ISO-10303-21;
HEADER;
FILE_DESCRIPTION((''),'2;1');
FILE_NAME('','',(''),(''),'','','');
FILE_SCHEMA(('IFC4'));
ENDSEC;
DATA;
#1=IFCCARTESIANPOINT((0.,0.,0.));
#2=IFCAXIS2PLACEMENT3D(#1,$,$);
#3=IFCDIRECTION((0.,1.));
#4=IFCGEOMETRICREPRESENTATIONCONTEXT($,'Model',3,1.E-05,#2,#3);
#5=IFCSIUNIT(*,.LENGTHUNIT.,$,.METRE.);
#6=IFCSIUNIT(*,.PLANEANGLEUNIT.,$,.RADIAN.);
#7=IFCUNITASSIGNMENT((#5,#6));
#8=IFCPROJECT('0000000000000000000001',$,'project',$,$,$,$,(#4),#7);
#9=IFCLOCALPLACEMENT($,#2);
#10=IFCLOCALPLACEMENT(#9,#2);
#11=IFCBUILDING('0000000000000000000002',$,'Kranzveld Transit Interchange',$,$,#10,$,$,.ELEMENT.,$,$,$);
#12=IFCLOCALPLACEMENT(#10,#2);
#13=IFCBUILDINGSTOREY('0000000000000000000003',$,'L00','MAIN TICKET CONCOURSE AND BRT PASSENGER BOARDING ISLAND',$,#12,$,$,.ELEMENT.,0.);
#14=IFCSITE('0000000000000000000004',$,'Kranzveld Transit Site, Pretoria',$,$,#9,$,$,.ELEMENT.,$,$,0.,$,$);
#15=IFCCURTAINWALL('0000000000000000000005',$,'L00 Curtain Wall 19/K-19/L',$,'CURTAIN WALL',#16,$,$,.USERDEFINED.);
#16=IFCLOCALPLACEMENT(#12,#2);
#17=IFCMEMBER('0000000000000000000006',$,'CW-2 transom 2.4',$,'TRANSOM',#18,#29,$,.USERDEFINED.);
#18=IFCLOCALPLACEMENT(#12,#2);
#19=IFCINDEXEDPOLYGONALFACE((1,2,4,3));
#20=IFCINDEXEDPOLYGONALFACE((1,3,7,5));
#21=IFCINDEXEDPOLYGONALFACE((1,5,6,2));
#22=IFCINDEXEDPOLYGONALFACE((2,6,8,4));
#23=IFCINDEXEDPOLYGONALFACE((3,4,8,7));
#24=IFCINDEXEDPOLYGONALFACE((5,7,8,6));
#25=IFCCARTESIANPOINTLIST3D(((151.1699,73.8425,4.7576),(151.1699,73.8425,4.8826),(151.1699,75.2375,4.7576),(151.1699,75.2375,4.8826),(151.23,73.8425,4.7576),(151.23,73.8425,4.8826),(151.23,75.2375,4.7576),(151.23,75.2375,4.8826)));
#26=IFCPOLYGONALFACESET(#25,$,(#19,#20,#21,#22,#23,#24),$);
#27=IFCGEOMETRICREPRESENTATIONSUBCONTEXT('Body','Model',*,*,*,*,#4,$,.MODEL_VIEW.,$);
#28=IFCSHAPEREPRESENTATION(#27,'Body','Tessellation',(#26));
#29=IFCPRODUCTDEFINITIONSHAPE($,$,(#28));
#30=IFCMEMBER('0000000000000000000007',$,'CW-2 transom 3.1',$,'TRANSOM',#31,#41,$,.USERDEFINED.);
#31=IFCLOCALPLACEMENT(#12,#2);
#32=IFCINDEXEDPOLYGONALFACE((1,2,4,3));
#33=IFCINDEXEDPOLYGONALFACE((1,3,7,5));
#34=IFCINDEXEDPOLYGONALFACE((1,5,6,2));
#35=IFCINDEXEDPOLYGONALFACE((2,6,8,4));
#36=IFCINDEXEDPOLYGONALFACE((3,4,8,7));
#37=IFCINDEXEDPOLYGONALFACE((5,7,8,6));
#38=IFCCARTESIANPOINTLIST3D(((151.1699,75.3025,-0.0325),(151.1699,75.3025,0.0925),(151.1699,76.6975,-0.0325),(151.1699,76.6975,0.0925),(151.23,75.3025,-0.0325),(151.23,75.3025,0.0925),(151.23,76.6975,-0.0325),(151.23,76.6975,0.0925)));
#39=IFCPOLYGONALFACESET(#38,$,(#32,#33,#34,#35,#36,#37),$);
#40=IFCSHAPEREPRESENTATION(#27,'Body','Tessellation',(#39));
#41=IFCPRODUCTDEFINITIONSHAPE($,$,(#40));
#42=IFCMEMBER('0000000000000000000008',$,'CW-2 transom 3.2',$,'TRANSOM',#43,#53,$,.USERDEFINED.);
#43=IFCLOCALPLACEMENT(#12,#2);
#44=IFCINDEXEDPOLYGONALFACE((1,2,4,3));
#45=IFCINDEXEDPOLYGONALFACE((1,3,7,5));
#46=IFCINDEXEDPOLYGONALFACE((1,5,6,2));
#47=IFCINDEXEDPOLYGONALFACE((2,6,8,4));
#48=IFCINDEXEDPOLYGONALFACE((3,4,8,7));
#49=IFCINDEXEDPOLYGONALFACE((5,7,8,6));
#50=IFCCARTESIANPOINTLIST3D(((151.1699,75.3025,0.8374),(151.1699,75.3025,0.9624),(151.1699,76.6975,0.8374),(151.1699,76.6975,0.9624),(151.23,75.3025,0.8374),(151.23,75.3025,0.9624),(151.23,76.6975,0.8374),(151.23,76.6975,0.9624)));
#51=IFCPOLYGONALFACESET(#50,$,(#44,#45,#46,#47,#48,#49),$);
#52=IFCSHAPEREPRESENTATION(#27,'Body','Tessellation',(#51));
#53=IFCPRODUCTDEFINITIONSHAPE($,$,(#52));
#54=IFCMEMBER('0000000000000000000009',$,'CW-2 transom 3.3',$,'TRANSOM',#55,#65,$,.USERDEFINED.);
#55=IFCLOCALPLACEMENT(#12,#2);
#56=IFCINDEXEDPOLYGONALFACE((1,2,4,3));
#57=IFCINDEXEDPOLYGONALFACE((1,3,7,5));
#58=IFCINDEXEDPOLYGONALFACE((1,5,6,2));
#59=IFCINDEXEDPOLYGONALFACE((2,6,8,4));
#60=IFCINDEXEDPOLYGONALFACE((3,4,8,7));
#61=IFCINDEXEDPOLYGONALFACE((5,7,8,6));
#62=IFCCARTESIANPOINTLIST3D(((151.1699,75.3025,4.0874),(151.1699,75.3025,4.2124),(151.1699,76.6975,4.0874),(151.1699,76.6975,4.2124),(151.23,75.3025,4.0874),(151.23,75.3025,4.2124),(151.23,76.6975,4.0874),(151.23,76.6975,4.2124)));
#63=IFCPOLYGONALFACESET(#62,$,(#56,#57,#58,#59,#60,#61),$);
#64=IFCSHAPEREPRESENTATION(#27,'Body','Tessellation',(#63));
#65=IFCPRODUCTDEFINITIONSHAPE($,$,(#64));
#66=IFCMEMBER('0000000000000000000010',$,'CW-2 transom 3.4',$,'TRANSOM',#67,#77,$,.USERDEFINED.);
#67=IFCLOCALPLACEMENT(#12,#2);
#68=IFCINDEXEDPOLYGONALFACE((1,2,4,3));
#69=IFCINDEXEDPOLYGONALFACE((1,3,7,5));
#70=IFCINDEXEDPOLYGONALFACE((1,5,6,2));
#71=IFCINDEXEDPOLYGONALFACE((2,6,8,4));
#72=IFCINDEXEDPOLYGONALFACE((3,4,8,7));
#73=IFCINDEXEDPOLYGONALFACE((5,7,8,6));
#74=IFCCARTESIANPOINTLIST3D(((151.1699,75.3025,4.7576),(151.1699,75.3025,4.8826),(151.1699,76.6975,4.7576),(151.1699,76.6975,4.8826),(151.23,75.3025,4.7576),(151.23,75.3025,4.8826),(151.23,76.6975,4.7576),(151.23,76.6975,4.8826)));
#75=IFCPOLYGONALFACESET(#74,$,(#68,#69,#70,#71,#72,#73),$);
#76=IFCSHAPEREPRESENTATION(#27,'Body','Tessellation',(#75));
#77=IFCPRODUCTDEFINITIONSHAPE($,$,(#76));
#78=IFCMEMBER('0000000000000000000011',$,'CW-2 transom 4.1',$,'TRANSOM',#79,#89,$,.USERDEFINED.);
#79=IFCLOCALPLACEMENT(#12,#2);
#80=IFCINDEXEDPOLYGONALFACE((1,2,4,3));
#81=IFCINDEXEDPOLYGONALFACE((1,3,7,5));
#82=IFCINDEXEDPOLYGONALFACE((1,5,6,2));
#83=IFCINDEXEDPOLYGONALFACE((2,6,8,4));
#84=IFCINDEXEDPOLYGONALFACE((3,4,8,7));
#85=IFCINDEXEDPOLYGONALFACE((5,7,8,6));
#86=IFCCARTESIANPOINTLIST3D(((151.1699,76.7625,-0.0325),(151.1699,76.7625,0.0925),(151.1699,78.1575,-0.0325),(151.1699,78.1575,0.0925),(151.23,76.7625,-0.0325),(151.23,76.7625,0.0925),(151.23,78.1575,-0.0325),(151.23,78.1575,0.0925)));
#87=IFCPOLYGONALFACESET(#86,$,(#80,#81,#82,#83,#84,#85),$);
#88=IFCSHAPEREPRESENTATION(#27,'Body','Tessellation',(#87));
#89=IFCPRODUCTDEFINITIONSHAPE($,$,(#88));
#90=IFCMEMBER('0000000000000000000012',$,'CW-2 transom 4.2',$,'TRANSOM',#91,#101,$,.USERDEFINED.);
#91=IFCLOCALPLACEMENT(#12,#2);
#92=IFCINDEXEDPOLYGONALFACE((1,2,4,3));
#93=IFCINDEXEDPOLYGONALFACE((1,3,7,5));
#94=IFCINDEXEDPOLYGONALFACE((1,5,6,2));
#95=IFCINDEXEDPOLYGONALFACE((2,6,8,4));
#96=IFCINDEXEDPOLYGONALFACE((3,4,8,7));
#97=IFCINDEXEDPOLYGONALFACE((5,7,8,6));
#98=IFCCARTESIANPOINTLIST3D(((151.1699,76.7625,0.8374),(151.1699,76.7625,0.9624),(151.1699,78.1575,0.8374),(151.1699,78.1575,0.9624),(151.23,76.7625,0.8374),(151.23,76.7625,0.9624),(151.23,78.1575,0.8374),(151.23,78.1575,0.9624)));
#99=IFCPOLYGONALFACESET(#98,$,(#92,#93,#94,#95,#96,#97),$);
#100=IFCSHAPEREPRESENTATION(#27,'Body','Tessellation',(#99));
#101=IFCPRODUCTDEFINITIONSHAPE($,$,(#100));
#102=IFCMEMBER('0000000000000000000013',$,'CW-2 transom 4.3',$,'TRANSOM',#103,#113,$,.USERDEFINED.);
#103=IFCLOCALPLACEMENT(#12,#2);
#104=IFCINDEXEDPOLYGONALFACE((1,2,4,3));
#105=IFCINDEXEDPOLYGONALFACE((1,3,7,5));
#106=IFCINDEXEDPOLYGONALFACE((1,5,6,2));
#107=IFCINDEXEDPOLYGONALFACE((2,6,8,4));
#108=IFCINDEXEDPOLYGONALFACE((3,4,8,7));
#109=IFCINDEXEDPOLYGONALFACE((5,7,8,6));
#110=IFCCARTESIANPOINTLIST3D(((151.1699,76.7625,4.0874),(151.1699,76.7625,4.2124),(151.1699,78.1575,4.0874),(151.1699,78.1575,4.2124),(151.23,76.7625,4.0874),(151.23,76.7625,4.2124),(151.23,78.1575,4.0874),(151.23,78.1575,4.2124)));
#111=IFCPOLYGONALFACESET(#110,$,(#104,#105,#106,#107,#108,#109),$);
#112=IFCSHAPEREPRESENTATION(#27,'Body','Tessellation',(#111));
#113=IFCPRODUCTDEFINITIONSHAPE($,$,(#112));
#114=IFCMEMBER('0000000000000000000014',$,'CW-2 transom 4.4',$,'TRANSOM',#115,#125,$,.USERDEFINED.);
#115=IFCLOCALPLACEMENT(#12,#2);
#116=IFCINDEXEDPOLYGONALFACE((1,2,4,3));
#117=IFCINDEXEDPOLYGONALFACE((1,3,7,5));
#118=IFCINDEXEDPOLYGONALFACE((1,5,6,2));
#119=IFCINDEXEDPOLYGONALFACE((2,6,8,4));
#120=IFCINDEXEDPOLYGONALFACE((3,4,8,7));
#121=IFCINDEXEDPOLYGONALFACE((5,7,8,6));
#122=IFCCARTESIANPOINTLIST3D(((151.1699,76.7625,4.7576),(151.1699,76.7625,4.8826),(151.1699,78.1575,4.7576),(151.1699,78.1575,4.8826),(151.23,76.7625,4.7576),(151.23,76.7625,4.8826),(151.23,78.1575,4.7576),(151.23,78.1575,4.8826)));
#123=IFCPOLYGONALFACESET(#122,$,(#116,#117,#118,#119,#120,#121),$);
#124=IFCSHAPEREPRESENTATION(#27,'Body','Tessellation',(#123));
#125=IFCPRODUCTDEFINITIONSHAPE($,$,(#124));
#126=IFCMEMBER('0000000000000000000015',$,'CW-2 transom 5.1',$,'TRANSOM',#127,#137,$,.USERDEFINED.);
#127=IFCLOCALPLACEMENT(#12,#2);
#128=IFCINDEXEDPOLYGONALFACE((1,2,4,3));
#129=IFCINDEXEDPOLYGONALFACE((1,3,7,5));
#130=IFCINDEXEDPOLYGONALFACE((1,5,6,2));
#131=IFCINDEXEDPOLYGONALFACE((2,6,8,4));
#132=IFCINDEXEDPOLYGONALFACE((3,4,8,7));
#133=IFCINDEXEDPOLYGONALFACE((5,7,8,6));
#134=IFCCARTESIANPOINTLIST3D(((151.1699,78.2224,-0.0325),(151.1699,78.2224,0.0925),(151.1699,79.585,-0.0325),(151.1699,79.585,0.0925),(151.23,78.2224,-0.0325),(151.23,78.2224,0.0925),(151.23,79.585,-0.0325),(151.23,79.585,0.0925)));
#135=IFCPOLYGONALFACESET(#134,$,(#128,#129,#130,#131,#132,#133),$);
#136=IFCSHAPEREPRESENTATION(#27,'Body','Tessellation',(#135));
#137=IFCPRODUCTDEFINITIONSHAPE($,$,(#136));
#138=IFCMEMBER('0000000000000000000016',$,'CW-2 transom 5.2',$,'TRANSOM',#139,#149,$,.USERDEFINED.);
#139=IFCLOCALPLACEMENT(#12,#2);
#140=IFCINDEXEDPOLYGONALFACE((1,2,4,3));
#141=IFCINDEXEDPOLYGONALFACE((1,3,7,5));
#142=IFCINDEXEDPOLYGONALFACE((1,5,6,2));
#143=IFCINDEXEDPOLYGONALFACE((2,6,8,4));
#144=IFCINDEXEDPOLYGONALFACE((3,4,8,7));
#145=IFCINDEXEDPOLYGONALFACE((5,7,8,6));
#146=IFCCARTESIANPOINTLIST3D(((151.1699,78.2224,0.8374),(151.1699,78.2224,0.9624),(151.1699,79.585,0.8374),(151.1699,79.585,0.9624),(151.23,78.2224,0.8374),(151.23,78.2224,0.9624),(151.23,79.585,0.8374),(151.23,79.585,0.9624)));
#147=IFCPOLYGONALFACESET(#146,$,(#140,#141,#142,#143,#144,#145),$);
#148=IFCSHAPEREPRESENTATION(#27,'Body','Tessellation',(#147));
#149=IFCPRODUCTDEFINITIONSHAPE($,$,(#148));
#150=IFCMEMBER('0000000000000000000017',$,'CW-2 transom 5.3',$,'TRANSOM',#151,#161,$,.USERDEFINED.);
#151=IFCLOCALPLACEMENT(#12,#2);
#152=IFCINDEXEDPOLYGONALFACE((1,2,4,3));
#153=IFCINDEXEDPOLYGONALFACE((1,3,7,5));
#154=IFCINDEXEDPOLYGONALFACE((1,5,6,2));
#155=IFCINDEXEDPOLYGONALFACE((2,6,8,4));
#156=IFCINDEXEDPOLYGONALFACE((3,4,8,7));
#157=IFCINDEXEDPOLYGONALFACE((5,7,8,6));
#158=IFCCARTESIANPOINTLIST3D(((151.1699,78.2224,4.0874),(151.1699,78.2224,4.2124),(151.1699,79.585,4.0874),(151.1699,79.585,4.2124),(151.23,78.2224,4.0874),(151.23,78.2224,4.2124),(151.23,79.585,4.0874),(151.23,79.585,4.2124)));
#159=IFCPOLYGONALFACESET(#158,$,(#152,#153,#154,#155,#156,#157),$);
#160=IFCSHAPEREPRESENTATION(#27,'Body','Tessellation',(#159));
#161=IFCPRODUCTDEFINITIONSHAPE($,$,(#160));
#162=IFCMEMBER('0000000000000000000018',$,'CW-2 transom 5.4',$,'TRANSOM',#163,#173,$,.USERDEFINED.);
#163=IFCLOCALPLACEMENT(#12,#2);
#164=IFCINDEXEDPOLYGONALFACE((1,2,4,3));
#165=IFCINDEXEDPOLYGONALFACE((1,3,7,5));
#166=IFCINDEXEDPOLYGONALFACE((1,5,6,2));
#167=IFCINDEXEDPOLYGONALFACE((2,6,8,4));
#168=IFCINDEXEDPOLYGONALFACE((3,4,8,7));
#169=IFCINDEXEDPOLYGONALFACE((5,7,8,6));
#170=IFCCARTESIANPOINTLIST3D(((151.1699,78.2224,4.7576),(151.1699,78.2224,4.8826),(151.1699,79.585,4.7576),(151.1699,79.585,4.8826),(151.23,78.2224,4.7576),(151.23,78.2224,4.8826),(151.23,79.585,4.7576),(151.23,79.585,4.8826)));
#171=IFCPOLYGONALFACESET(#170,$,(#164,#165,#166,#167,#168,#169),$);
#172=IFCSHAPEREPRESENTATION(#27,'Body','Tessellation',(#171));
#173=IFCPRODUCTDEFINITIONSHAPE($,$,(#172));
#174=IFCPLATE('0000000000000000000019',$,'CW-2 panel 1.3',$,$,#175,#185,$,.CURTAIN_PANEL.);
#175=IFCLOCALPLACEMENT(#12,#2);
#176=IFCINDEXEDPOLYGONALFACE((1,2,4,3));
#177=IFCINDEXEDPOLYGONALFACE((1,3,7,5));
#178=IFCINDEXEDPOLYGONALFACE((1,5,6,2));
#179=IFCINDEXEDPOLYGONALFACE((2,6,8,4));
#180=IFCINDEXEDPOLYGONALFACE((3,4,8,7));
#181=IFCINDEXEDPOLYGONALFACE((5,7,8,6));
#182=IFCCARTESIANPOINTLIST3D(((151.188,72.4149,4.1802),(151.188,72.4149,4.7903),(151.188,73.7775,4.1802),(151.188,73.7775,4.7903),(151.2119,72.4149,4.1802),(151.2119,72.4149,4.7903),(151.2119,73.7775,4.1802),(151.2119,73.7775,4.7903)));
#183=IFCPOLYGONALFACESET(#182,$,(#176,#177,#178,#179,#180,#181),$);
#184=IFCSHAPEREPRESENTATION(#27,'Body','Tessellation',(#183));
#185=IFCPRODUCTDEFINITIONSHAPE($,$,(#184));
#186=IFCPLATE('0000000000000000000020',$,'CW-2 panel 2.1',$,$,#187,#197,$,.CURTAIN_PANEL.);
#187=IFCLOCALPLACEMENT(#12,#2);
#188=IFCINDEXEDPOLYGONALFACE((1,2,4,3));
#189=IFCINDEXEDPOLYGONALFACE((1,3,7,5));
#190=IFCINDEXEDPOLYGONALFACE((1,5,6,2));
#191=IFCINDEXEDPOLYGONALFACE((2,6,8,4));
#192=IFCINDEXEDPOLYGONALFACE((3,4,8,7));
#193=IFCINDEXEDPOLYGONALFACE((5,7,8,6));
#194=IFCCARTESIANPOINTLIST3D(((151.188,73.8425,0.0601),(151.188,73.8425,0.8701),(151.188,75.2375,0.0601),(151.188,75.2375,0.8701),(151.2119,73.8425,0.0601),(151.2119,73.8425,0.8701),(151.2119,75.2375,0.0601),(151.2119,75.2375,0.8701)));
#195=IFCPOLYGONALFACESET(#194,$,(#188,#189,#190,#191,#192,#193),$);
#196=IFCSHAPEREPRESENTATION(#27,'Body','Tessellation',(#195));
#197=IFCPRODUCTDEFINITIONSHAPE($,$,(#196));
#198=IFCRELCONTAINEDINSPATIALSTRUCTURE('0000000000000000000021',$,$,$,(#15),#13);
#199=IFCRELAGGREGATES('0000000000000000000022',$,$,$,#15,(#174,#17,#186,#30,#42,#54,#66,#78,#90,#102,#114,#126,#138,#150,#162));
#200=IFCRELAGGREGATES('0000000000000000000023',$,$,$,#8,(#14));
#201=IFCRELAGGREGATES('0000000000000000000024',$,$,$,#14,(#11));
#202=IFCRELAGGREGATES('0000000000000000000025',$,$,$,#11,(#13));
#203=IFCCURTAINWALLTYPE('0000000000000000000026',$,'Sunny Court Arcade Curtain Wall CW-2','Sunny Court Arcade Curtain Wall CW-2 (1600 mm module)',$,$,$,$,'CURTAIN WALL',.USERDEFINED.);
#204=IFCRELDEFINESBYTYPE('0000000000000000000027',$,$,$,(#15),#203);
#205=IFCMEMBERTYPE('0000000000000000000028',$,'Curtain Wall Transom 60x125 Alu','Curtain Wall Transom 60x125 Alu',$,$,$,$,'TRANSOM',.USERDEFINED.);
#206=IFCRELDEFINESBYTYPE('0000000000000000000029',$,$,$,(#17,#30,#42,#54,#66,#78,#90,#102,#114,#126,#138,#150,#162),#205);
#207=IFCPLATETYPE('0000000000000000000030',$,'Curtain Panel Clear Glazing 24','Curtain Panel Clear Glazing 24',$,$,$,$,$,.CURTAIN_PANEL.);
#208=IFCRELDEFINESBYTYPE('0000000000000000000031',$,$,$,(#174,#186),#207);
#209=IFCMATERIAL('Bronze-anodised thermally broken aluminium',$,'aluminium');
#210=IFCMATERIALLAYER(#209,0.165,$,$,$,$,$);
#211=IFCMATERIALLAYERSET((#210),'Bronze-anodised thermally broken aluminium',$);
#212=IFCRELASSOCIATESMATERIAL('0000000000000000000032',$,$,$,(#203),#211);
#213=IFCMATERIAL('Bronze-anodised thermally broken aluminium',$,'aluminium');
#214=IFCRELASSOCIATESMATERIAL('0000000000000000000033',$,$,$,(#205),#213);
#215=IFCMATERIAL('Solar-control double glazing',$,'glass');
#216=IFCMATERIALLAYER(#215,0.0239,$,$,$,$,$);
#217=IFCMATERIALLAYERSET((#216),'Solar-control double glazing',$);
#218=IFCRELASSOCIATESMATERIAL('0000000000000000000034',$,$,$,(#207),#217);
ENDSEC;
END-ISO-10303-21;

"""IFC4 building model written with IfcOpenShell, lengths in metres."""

from ifc_helpers import new_model, si_unit, direction, frame, origin, origin_2d, place, context, subcontext, project, spatial, rectangle, extrude, material, layer, layer_set, material_profile, profile_set, type_object, element, aggregate, save


model = new_model("IFC4")

# Units and contexts
model_context = context("Model", 3, precision=1e-05, world=origin(), true_north=direction((0.0, 1.0)))
body_context = subcontext(model_context, "Body", "Model", "MODEL_VIEW")
ifc_project = project(units=[si_unit("LENGTHUNIT", "METRE"), si_unit("PLANEANGLEUNIT", "RADIAN")], contexts=[model_context])

# Site, building, storey
site_placement = place(None, origin())
site = spatial("IfcSite", under=ifc_project, at=site_placement, Name="Kranzveld Transit Site, Pretoria", CompositionType="ELEMENT", RefElevation=0.0)
building_placement = place(site_placement, origin())
building = spatial("IfcBuilding", under=site, at=building_placement, Name="Kranzveld Transit Interchange", CompositionType="ELEMENT")
storey_placement = place(building_placement, origin())
storey = spatial("IfcBuildingStorey", under=building, at=storey_placement, Name="L00", Description="MAIN TICKET CONCOURSE AND BRT PASSENGER BOARDING ISLAND", CompositionType="ELEMENT", Elevation=0.0)

# Curtain wall, members, plates
ifc_material_1 = material(Name="Bronze-anodised thermally broken aluminium", Category="aluminium")
ifc_layer_1 = layer(ifc_material_1, 0.165)
ifc_layer_set_1 = layer_set([ifc_layer_1], Name="Bronze-anodised thermally broken aluminium")
curtain_wall_type = type_object("IfcCurtainWallType", Name="Sunny Court Arcade Curtain Wall CW-2", Description="Sunny Court Arcade Curtain Wall CW-2 (1600 mm module)", ElementType="CURTAIN WALL", PredefinedType="USERDEFINED", material=ifc_layer_set_1)
curtain_wall_placement = place(storey_placement, origin())
curtain_wall = element("IfcCurtainWall", 1, at=curtain_wall_placement, inside=storey, type_object=curtain_wall_type, Name="L00 Curtain Wall 19/K-19/L", ObjectType="CURTAIN WALL", PredefinedType="USERDEFINED")
ifc_material_2 = material(Name="Bronze-anodised thermally broken aluminium", Category="aluminium")
ifc_material_profile_1 = material_profile(ifc_material_2, rectangle(XDim=0.0601, YDim=0.125, at=origin_2d()), Name="ALU TRANSOM 60x125")
ifc_profile_set_1 = profile_set([ifc_material_profile_1], Name="Bronze-anodised thermally broken aluminium")
member_type_1 = type_object("IfcMemberType", Name="Curtain Wall Transom 60x125 Alu", Description="Curtain Wall Transom 60x125 Alu", ElementType="TRANSOM", PredefinedType="USERDEFINED", material=ifc_profile_set_1)
member_1_placement = place(storey_placement, frame((151.2, 73.8425, 4.8201), z_axis=(0.0, 1.0, 0.0), x_axis=(-1.0, 0.0, 0.0)))
member_1 = element("IfcMember", 2, at=member_1_placement, type_object=member_type_1, Name="CW-2 transom 2.4", ObjectType="TRANSOM", PredefinedType="USERDEFINED", context=body_context, shape_type="SweptSolid", body=[
    extrude(rectangle(XDim=0.0601, YDim=0.125, at=origin_2d()), origin(), (0.0, 0.0, 1.0), 1.395),
])
member_2_placement = place(storey_placement, frame((151.2, 75.3025, 0.03), z_axis=(0.0, 1.0, 0.0), x_axis=(-1.0, 0.0, 0.0)))
member_2 = element("IfcMember", 3, at=member_2_placement, type_object=member_type_1, Name="CW-2 transom 3.1", ObjectType="TRANSOM", PredefinedType="USERDEFINED", context=body_context, shape_type="SweptSolid", body=[
    extrude(rectangle(XDim=0.0601, YDim=0.125, at=origin_2d()), origin(), (0.0, 0.0, 1.0), 1.395),
])
member_3_placement = place(storey_placement, frame((151.2, 75.3025, 0.8999), z_axis=(0.0, 1.0, 0.0), x_axis=(-1.0, 0.0, 0.0)))
member_3 = element("IfcMember", 4, at=member_3_placement, type_object=member_type_1, Name="CW-2 transom 3.2", ObjectType="TRANSOM", PredefinedType="USERDEFINED", context=body_context, shape_type="SweptSolid", body=[
    extrude(rectangle(XDim=0.0601, YDim=0.125, at=origin_2d()), origin(), (0.0, 0.0, 1.0), 1.395),
])
member_4_placement = place(storey_placement, frame((151.2, 75.3025, 4.1499), z_axis=(0.0, 1.0, 0.0), x_axis=(-1.0, 0.0, 0.0)))
member_4 = element("IfcMember", 5, at=member_4_placement, type_object=member_type_1, Name="CW-2 transom 3.3", ObjectType="TRANSOM", PredefinedType="USERDEFINED", context=body_context, shape_type="SweptSolid", body=[
    extrude(rectangle(XDim=0.0601, YDim=0.125, at=origin_2d()), origin(), (0.0, 0.0, 1.0), 1.395),
])
member_5_placement = place(storey_placement, frame((151.2, 75.3025, 4.8201), z_axis=(0.0, 1.0, 0.0), x_axis=(-1.0, 0.0, 0.0)))
member_5 = element("IfcMember", 6, at=member_5_placement, type_object=member_type_1, Name="CW-2 transom 3.4", ObjectType="TRANSOM", PredefinedType="USERDEFINED", context=body_context, shape_type="SweptSolid", body=[
    extrude(rectangle(XDim=0.0601, YDim=0.125, at=origin_2d()), origin(), (0.0, 0.0, 1.0), 1.395),
])
member_6_placement = place(storey_placement, frame((151.2, 76.7625, 0.03), z_axis=(0.0, 1.0, 0.0), x_axis=(-1.0, 0.0, 0.0)))
member_6 = element("IfcMember", 7, at=member_6_placement, type_object=member_type_1, Name="CW-2 transom 4.1", ObjectType="TRANSOM", PredefinedType="USERDEFINED", context=body_context, shape_type="SweptSolid", body=[
    extrude(rectangle(XDim=0.0601, YDim=0.125, at=origin_2d()), origin(), (0.0, 0.0, 1.0), 1.395),
])
member_7_placement = place(storey_placement, frame((151.2, 76.7625, 0.8999), z_axis=(0.0, 1.0, 0.0), x_axis=(-1.0, 0.0, 0.0)))
member_7 = element("IfcMember", 8, at=member_7_placement, type_object=member_type_1, Name="CW-2 transom 4.2", ObjectType="TRANSOM", PredefinedType="USERDEFINED", context=body_context, shape_type="SweptSolid", body=[
    extrude(rectangle(XDim=0.0601, YDim=0.125, at=origin_2d()), origin(), (0.0, 0.0, 1.0), 1.395),
])
member_8_placement = place(storey_placement, frame((151.2, 76.7625, 4.1499), z_axis=(0.0, 1.0, 0.0), x_axis=(-1.0, 0.0, 0.0)))
member_8 = element("IfcMember", 9, at=member_8_placement, type_object=member_type_1, Name="CW-2 transom 4.3", ObjectType="TRANSOM", PredefinedType="USERDEFINED", context=body_context, shape_type="SweptSolid", body=[
    extrude(rectangle(XDim=0.0601, YDim=0.125, at=origin_2d()), origin(), (0.0, 0.0, 1.0), 1.395),
])
member_9_placement = place(storey_placement, frame((151.2, 76.7625, 4.8201), z_axis=(0.0, 1.0, 0.0), x_axis=(-1.0, 0.0, 0.0)))
member_9 = element("IfcMember", 10, at=member_9_placement, type_object=member_type_1, Name="CW-2 transom 4.4", ObjectType="TRANSOM", PredefinedType="USERDEFINED", context=body_context, shape_type="SweptSolid", body=[
    extrude(rectangle(XDim=0.0601, YDim=0.125, at=origin_2d()), origin(), (0.0, 0.0, 1.0), 1.395),
])
member_10_placement = place(storey_placement, frame((151.2, 78.2224, 0.03), z_axis=(0.0, 1.0, 0.0), x_axis=(-1.0, 0.0, 0.0)))
member_10 = element("IfcMember", 11, at=member_10_placement, type_object=member_type_1, Name="CW-2 transom 5.1", ObjectType="TRANSOM", PredefinedType="USERDEFINED", context=body_context, shape_type="SweptSolid", body=[
    extrude(rectangle(XDim=0.0601, YDim=0.125, at=origin_2d()), origin(), (0.0, 0.0, 1.0), 1.3625),
])
member_11_placement = place(storey_placement, frame((151.2, 78.2224, 0.8999), z_axis=(0.0, 1.0, 0.0), x_axis=(-1.0, 0.0, 0.0)))
member_11 = element("IfcMember", 12, at=member_11_placement, type_object=member_type_1, Name="CW-2 transom 5.2", ObjectType="TRANSOM", PredefinedType="USERDEFINED", context=body_context, shape_type="SweptSolid", body=[
    extrude(rectangle(XDim=0.0601, YDim=0.125, at=origin_2d()), origin(), (0.0, 0.0, 1.0), 1.3625),
])
member_12_placement = place(storey_placement, frame((151.2, 78.2224, 4.1499), z_axis=(0.0, 1.0, 0.0), x_axis=(-1.0, 0.0, 0.0)))
member_12 = element("IfcMember", 13, at=member_12_placement, type_object=member_type_1, Name="CW-2 transom 5.3", ObjectType="TRANSOM", PredefinedType="USERDEFINED", context=body_context, shape_type="SweptSolid", body=[
    extrude(rectangle(XDim=0.0601, YDim=0.125, at=origin_2d()), origin(), (0.0, 0.0, 1.0), 1.3625),
])
member_13_placement = place(storey_placement, frame((151.2, 78.2224, 4.8201), z_axis=(0.0, 1.0, 0.0), x_axis=(-1.0, 0.0, 0.0)))
member_13 = element("IfcMember", 14, at=member_13_placement, type_object=member_type_1, Name="CW-2 transom 5.4", ObjectType="TRANSOM", PredefinedType="USERDEFINED", context=body_context, shape_type="SweptSolid", body=[
    extrude(rectangle(XDim=0.0601, YDim=0.125, at=origin_2d()), origin(), (0.0, 0.0, 1.0), 1.3625),
])
ifc_material_3 = material(Name="Solar-control double glazing", Category="glass")
ifc_layer_2 = layer(ifc_material_3, 0.0239)
ifc_layer_set_2 = layer_set([ifc_layer_2], Name="Solar-control double glazing")
plate_type = type_object("IfcPlateType", Name="Curtain Panel Clear Glazing 24", Description="Curtain Panel Clear Glazing 24", PredefinedType="CURTAIN_PANEL", material=ifc_layer_set_2)
plate_1_placement = place(storey_placement, frame((151.2, 73.0962, 4.1802), z_axis=(0.0, 0.0, 1.0), x_axis=(0.0, 1.0, 0.0)))
plate_1 = element("IfcPlate", 15, at=plate_1_placement, type_object=plate_type, Name="CW-2 panel 1.3", PredefinedType="CURTAIN_PANEL", context=body_context, shape_type="SweptSolid", body=[
    extrude(rectangle(XDim=1.3625, YDim=0.0239, at=origin_2d()), origin(), (0.0, 0.0, 1.0), 0.6101),
])
plate_2_placement = place(storey_placement, frame((151.2, 74.54, 0.0601), z_axis=(0.0, 0.0, 1.0), x_axis=(0.0, 1.0, 0.0)))
plate_2 = element("IfcPlate", 16, at=plate_2_placement, type_object=plate_type, Name="CW-2 panel 2.1", PredefinedType="CURTAIN_PANEL", context=body_context, shape_type="SweptSolid", body=[
    extrude(rectangle(XDim=1.395, YDim=0.0239, at=origin_2d()), origin(), (0.0, 0.0, 1.0), 0.8101),
])
aggregate(curtain_wall, [plate_1, member_1, plate_2, member_2, member_3, member_4, member_5, member_6, member_7, member_8, member_9, member_10, member_11, member_12, member_13])

save(model, "model.ifc")
